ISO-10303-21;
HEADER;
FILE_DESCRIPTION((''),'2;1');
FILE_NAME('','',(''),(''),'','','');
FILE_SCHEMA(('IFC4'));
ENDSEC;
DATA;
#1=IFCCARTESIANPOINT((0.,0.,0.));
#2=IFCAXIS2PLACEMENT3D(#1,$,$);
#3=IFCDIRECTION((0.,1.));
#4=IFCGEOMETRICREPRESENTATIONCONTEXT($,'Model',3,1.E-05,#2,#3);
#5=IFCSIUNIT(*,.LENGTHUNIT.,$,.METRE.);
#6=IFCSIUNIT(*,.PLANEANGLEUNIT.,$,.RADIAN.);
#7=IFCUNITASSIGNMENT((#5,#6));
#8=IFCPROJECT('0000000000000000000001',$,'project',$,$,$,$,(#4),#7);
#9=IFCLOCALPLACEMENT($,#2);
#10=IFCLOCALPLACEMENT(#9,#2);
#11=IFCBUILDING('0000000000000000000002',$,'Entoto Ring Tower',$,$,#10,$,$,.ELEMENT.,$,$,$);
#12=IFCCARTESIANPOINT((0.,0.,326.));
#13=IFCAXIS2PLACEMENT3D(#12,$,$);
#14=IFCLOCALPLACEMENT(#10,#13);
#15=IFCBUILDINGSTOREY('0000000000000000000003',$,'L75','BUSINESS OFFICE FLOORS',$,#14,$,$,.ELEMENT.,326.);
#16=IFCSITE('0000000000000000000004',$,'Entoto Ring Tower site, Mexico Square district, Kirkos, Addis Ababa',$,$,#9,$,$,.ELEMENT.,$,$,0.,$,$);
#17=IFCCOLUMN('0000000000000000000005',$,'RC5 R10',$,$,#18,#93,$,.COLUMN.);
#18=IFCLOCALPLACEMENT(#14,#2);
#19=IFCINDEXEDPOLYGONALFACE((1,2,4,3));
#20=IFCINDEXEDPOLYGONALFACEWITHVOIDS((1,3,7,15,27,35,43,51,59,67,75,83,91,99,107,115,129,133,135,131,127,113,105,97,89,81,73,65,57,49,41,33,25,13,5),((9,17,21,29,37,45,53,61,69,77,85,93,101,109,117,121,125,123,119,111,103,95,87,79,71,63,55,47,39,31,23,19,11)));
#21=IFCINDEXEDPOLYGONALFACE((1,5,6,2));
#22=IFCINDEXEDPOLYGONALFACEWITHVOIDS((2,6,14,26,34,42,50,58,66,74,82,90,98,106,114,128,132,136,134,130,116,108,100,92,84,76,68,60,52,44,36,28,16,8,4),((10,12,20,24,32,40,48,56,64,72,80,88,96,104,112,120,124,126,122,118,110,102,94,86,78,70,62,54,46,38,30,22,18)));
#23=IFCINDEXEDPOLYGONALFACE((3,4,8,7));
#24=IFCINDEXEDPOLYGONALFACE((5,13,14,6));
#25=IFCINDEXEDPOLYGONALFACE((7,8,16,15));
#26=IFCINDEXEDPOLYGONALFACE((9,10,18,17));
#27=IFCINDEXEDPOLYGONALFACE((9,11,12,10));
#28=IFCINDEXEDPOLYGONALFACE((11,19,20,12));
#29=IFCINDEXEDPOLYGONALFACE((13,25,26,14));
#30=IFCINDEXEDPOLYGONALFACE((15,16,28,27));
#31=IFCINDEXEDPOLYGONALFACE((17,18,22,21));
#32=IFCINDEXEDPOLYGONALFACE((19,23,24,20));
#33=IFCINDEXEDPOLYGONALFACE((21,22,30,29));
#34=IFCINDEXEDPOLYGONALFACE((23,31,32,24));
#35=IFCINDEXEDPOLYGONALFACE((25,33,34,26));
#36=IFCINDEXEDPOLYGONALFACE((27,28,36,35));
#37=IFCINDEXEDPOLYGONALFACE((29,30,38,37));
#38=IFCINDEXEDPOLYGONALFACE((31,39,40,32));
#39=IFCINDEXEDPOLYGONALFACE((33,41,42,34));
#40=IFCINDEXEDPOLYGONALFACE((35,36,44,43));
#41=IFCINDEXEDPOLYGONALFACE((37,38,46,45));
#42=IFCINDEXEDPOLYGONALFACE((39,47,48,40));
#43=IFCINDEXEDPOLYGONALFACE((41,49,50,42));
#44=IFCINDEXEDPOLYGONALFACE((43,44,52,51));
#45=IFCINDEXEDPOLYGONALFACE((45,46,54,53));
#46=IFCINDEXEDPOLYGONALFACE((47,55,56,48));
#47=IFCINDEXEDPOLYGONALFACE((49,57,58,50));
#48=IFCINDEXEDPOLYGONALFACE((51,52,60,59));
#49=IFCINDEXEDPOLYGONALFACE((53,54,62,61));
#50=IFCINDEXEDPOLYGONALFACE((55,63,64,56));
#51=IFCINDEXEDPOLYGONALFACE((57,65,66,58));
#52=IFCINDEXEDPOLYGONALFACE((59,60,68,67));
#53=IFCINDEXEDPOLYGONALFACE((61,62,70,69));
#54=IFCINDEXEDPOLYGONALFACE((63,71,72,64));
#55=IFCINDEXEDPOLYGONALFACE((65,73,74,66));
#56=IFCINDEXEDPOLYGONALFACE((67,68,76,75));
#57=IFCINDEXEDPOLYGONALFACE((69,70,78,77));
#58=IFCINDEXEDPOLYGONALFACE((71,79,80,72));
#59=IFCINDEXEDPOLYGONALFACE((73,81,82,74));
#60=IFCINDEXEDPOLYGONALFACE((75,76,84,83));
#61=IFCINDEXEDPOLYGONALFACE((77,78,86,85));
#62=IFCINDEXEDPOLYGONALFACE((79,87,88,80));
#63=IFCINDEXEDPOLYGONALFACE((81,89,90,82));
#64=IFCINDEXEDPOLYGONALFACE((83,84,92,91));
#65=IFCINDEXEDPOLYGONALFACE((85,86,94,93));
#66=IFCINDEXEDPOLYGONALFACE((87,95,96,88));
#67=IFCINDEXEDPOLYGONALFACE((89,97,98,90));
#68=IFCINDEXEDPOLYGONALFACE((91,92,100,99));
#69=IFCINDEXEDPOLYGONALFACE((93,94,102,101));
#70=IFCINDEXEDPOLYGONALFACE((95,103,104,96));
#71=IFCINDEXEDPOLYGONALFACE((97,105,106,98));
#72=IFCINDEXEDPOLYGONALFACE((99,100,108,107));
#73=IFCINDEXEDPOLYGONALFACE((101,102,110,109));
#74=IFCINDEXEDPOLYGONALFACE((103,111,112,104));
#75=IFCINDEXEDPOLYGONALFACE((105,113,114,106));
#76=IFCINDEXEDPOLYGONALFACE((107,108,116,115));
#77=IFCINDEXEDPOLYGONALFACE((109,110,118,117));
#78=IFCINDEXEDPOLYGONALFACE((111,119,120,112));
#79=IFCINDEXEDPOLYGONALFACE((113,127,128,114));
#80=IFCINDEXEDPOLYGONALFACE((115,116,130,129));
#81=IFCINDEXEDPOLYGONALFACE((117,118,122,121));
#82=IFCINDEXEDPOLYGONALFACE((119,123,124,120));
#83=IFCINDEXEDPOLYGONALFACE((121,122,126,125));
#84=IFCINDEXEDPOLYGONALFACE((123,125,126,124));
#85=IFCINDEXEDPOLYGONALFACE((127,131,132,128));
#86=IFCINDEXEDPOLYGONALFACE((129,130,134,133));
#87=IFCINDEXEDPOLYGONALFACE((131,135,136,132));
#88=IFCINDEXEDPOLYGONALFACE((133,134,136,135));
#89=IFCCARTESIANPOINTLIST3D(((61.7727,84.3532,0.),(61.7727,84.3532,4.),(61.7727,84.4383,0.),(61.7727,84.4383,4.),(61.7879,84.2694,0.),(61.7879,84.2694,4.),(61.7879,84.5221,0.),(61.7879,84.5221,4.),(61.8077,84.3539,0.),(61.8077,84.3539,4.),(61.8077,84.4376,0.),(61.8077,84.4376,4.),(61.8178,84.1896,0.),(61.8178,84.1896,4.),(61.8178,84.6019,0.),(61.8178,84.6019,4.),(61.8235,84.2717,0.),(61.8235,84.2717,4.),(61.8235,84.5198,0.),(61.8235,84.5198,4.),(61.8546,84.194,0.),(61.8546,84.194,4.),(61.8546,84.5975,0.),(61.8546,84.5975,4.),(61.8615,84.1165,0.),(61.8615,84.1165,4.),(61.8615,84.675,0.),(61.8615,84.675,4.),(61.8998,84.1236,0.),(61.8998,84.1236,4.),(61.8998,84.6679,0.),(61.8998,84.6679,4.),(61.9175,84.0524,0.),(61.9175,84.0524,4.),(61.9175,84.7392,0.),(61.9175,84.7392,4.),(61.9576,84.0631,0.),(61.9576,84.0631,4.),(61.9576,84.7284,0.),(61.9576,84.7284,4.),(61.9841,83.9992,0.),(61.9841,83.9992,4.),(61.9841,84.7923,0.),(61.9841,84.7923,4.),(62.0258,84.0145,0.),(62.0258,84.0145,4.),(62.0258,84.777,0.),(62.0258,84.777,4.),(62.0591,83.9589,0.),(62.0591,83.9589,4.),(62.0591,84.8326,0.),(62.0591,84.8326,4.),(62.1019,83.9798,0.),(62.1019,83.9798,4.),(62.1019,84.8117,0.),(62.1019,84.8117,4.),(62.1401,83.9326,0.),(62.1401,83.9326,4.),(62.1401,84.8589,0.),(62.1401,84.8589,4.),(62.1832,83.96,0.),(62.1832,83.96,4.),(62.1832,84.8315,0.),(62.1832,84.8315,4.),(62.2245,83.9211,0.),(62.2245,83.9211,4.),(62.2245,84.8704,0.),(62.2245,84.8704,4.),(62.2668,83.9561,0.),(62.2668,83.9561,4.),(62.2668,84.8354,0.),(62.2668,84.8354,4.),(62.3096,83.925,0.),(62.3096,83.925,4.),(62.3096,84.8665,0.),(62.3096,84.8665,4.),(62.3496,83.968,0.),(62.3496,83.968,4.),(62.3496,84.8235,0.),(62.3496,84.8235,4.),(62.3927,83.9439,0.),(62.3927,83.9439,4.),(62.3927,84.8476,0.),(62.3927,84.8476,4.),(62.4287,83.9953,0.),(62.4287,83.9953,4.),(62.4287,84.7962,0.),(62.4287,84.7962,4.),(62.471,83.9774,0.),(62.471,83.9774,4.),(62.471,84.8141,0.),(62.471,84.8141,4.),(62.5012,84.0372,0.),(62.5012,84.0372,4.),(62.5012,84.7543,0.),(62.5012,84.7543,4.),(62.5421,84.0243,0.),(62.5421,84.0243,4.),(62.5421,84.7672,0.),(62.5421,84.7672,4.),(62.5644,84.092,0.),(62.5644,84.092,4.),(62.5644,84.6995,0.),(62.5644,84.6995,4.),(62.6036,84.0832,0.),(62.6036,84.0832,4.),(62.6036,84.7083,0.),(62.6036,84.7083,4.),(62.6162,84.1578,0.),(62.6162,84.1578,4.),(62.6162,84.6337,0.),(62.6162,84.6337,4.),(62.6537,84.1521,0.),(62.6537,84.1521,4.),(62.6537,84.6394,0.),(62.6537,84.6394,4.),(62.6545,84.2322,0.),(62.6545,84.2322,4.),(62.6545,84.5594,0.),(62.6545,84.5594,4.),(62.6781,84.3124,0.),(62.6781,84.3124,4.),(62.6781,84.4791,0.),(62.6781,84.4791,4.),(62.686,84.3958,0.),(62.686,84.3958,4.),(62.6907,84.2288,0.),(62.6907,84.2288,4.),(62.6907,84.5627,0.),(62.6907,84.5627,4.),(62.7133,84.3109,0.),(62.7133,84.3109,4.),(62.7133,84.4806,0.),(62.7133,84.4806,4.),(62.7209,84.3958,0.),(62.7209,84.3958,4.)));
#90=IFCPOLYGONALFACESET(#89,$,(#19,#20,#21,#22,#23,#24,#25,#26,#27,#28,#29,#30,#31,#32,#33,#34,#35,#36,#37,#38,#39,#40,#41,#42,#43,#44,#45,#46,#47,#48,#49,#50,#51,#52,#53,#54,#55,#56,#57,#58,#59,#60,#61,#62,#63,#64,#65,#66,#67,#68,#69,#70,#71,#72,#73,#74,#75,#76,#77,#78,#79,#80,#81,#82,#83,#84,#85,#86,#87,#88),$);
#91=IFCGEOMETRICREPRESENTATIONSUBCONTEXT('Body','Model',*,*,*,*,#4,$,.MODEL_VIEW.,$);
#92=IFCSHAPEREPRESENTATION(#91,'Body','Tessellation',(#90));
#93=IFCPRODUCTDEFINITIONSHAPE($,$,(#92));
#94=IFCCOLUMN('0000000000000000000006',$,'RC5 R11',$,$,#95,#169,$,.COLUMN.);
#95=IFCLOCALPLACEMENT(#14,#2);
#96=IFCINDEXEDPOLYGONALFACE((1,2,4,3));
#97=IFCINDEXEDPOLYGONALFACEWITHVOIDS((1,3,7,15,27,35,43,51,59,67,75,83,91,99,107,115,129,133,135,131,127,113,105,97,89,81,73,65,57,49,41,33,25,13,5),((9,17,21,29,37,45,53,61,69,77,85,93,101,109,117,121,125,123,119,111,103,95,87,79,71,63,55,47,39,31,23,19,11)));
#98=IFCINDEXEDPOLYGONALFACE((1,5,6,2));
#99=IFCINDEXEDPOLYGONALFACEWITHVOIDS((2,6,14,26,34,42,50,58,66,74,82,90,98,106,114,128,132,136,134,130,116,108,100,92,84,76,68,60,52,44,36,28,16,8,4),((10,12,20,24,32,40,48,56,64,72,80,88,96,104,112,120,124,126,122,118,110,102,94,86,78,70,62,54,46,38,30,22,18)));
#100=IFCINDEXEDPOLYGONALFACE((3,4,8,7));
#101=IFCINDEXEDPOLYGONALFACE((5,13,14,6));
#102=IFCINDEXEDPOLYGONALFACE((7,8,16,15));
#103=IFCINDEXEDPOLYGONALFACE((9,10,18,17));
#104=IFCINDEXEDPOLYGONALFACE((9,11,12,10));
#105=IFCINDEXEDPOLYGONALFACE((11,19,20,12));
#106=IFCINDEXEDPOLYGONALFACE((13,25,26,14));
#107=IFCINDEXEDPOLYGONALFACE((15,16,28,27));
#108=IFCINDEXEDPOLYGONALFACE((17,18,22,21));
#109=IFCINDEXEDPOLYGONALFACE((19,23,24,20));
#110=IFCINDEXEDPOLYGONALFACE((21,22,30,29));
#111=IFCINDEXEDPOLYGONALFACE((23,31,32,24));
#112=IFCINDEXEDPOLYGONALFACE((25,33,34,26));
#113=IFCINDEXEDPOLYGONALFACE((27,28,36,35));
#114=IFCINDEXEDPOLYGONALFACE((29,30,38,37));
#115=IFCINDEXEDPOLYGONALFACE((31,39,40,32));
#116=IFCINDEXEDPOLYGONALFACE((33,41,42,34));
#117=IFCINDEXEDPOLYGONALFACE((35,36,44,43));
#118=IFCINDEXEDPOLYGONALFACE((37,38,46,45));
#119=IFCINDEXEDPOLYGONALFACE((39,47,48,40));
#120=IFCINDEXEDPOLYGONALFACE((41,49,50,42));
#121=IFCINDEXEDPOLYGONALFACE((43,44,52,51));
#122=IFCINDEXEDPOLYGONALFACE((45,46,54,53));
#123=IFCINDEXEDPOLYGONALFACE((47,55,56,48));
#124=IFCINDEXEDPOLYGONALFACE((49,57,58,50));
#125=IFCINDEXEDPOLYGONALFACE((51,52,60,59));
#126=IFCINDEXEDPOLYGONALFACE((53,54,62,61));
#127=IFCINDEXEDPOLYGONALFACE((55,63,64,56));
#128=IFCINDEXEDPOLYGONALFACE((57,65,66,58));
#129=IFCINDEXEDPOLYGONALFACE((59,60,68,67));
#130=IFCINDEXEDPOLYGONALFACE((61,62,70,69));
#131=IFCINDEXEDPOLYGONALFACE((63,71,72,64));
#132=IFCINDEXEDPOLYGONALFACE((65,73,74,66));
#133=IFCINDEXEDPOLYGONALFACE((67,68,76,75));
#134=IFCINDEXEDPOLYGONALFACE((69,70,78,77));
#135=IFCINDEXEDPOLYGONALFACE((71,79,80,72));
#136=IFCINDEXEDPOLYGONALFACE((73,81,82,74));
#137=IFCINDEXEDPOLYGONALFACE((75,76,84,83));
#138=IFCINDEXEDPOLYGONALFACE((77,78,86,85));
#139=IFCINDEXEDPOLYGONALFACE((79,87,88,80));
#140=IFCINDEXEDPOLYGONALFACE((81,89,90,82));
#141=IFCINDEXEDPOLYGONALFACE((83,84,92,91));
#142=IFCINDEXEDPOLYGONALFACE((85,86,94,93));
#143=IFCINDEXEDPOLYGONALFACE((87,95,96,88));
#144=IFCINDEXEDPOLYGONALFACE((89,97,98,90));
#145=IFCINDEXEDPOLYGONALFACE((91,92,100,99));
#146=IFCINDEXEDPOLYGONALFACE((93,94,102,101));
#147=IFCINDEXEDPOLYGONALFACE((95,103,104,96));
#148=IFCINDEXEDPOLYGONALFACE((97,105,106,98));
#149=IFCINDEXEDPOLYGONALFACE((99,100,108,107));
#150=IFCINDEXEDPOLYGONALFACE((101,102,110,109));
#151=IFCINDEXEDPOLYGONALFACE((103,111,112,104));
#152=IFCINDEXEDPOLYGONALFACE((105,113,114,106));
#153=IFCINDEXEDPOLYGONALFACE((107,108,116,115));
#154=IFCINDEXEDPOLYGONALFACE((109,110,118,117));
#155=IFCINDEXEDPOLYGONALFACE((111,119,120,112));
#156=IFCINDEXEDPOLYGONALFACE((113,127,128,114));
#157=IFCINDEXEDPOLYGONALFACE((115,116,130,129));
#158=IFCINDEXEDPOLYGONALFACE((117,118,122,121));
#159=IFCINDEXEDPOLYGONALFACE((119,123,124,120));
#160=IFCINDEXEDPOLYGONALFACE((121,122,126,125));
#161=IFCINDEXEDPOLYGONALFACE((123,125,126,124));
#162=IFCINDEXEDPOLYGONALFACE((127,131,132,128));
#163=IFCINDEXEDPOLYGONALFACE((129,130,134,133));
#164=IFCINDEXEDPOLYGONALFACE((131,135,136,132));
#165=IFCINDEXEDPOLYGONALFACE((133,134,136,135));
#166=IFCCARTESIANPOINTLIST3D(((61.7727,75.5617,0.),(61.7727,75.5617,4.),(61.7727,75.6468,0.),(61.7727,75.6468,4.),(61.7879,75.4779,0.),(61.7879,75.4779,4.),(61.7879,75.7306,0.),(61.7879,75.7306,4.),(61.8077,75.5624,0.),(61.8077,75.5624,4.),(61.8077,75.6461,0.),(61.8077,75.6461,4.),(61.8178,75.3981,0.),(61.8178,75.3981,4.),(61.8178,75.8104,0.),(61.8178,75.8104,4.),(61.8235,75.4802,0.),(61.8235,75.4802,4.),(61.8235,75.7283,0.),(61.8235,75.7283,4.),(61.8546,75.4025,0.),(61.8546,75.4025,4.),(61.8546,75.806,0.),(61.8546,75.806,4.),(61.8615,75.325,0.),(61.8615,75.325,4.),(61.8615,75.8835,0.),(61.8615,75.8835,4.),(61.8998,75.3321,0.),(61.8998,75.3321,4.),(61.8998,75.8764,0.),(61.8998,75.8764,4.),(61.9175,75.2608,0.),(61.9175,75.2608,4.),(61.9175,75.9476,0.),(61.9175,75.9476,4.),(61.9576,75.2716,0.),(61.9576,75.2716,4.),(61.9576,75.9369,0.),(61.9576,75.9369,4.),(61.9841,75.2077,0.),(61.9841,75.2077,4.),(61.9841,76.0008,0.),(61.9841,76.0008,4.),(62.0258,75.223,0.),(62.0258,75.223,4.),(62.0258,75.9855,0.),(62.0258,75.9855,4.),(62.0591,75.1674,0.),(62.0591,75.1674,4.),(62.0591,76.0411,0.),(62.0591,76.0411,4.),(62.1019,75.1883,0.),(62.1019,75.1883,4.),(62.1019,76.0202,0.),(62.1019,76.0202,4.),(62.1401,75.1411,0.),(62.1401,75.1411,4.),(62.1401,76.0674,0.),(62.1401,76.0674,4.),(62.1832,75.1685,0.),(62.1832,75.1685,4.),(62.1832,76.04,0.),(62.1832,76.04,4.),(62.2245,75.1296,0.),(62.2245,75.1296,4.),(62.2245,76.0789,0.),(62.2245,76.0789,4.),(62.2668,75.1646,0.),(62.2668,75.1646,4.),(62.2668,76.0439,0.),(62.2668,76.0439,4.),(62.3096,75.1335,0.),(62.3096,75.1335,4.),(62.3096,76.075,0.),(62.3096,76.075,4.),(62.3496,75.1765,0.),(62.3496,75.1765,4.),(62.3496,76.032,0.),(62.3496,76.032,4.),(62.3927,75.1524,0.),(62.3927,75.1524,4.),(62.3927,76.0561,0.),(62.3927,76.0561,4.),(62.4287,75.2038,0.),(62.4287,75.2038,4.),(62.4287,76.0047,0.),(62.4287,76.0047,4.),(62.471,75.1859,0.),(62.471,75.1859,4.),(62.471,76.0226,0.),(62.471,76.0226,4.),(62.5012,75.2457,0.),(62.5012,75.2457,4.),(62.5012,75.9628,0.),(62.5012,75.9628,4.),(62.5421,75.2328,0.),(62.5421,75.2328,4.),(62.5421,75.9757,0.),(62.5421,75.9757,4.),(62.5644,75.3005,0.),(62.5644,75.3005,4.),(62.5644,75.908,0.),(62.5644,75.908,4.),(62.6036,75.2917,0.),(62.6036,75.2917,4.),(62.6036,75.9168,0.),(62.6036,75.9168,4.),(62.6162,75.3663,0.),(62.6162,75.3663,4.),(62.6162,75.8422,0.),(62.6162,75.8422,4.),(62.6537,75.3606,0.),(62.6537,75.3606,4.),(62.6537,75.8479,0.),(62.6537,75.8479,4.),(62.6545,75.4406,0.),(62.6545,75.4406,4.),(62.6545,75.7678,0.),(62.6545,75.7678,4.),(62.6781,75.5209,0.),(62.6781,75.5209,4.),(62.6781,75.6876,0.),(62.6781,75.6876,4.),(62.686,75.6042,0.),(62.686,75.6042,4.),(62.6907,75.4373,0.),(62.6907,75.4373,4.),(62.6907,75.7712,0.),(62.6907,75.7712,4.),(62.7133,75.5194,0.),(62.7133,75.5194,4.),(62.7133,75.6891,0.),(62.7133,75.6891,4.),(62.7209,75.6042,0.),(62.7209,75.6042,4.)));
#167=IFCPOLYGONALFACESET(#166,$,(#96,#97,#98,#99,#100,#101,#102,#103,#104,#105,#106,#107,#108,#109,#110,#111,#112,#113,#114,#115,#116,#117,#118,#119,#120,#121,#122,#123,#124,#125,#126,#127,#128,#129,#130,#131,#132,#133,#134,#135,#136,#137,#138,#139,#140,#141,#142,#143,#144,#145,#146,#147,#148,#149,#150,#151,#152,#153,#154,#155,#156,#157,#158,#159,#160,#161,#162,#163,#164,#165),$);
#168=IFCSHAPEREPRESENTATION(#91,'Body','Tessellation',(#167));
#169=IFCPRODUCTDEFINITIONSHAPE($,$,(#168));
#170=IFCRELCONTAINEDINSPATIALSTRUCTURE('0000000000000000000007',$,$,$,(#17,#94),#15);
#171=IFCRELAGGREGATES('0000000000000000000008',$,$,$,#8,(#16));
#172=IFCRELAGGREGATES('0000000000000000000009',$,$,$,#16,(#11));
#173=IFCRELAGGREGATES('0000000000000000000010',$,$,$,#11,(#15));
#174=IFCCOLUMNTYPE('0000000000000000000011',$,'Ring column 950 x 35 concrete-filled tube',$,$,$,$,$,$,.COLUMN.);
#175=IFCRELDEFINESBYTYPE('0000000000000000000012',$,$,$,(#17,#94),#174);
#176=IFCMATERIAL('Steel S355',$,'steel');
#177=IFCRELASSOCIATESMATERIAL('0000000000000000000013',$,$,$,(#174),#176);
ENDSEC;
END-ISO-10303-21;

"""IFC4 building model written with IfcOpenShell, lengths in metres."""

from ifc_helpers import new_model, si_unit, direction, frame, origin, origin_2d, place, context, subcontext, project, spatial, circle, hollow_circle, extrude, material, material_profile, profile_set, type_object, element, save


model = new_model("IFC4")

# Units and contexts
model_context = context("Model", 3, precision=1e-05, world=origin(), true_north=direction((0.0, 1.0)))
body_context = subcontext(model_context, "Body", "Model", "MODEL_VIEW")
ifc_project = project(units=[si_unit("LENGTHUNIT", "METRE"), si_unit("PLANEANGLEUNIT", "RADIAN")], contexts=[model_context])

# Site, building, storey
site_placement = place(None, origin())
site = spatial("IfcSite", under=ifc_project, at=site_placement, Name="Entoto Ring Tower site, Mexico Square district, Kirkos, Addis Ababa", CompositionType="ELEMENT", RefElevation=0.0)
building_placement = place(site_placement, origin())
building = spatial("IfcBuilding", under=site, at=building_placement, Name="Entoto Ring Tower", CompositionType="ELEMENT")
storey_placement = place(building_placement, frame((0.0, 0.0, 326.0)))
storey = spatial("IfcBuildingStorey", under=building, at=storey_placement, Name="L75", Description="BUSINESS OFFICE FLOORS", CompositionType="ELEMENT", Elevation=326.0)

# Columns
ifc_material_1 = material(Name="Steel S355", Category="steel")
ifc_material_profile_1 = material_profile(ifc_material_1, hollow_circle(Radius=0.4751, WallThickness=0.0349, at=origin_2d()), Name="CHS 950 x 35")
ifc_material_2 = material(Name="Concrete C60/75", Category="concrete")
ifc_material_profile_2 = material_profile(ifc_material_2, circle(Radius=0.4399, at=origin_2d()), Name="Concrete C60/75 infill")
ifc_profile_set_1 = profile_set([ifc_material_profile_1, ifc_material_profile_2], Name="Steel S355")
column_type = type_object("IfcColumnType", Name="Ring column 950 x 35 concrete-filled tube", PredefinedType="COLUMN", material=ifc_profile_set_1)
for number, where, z_axis, x_axis, name in (
    (1, (62.2458, 84.3958, 0.0), (0.0, 0.0, 1.0), (1.0, 0.0, 0.0), "RC5 R10"),
    (2, (62.2458, 75.6042, 0.0), (0.0, 0.0, 1.0), (1.0, 0.0, 0.0), "RC5 R11"),
):
    element("IfcColumn", number, at=place(storey_placement, frame(where, z_axis=z_axis, x_axis=x_axis)), inside=storey, type_object=column_type, Name=name, PredefinedType="COLUMN", context=body_context, shape_type="SweptSolid", body=[
        extrude(hollow_circle(Radius=0.4751, WallThickness=0.0349, at=origin_2d()), origin(), (0.0, 0.0, 1.0), 4.0),
    ])

save(model, "model.ifc")
